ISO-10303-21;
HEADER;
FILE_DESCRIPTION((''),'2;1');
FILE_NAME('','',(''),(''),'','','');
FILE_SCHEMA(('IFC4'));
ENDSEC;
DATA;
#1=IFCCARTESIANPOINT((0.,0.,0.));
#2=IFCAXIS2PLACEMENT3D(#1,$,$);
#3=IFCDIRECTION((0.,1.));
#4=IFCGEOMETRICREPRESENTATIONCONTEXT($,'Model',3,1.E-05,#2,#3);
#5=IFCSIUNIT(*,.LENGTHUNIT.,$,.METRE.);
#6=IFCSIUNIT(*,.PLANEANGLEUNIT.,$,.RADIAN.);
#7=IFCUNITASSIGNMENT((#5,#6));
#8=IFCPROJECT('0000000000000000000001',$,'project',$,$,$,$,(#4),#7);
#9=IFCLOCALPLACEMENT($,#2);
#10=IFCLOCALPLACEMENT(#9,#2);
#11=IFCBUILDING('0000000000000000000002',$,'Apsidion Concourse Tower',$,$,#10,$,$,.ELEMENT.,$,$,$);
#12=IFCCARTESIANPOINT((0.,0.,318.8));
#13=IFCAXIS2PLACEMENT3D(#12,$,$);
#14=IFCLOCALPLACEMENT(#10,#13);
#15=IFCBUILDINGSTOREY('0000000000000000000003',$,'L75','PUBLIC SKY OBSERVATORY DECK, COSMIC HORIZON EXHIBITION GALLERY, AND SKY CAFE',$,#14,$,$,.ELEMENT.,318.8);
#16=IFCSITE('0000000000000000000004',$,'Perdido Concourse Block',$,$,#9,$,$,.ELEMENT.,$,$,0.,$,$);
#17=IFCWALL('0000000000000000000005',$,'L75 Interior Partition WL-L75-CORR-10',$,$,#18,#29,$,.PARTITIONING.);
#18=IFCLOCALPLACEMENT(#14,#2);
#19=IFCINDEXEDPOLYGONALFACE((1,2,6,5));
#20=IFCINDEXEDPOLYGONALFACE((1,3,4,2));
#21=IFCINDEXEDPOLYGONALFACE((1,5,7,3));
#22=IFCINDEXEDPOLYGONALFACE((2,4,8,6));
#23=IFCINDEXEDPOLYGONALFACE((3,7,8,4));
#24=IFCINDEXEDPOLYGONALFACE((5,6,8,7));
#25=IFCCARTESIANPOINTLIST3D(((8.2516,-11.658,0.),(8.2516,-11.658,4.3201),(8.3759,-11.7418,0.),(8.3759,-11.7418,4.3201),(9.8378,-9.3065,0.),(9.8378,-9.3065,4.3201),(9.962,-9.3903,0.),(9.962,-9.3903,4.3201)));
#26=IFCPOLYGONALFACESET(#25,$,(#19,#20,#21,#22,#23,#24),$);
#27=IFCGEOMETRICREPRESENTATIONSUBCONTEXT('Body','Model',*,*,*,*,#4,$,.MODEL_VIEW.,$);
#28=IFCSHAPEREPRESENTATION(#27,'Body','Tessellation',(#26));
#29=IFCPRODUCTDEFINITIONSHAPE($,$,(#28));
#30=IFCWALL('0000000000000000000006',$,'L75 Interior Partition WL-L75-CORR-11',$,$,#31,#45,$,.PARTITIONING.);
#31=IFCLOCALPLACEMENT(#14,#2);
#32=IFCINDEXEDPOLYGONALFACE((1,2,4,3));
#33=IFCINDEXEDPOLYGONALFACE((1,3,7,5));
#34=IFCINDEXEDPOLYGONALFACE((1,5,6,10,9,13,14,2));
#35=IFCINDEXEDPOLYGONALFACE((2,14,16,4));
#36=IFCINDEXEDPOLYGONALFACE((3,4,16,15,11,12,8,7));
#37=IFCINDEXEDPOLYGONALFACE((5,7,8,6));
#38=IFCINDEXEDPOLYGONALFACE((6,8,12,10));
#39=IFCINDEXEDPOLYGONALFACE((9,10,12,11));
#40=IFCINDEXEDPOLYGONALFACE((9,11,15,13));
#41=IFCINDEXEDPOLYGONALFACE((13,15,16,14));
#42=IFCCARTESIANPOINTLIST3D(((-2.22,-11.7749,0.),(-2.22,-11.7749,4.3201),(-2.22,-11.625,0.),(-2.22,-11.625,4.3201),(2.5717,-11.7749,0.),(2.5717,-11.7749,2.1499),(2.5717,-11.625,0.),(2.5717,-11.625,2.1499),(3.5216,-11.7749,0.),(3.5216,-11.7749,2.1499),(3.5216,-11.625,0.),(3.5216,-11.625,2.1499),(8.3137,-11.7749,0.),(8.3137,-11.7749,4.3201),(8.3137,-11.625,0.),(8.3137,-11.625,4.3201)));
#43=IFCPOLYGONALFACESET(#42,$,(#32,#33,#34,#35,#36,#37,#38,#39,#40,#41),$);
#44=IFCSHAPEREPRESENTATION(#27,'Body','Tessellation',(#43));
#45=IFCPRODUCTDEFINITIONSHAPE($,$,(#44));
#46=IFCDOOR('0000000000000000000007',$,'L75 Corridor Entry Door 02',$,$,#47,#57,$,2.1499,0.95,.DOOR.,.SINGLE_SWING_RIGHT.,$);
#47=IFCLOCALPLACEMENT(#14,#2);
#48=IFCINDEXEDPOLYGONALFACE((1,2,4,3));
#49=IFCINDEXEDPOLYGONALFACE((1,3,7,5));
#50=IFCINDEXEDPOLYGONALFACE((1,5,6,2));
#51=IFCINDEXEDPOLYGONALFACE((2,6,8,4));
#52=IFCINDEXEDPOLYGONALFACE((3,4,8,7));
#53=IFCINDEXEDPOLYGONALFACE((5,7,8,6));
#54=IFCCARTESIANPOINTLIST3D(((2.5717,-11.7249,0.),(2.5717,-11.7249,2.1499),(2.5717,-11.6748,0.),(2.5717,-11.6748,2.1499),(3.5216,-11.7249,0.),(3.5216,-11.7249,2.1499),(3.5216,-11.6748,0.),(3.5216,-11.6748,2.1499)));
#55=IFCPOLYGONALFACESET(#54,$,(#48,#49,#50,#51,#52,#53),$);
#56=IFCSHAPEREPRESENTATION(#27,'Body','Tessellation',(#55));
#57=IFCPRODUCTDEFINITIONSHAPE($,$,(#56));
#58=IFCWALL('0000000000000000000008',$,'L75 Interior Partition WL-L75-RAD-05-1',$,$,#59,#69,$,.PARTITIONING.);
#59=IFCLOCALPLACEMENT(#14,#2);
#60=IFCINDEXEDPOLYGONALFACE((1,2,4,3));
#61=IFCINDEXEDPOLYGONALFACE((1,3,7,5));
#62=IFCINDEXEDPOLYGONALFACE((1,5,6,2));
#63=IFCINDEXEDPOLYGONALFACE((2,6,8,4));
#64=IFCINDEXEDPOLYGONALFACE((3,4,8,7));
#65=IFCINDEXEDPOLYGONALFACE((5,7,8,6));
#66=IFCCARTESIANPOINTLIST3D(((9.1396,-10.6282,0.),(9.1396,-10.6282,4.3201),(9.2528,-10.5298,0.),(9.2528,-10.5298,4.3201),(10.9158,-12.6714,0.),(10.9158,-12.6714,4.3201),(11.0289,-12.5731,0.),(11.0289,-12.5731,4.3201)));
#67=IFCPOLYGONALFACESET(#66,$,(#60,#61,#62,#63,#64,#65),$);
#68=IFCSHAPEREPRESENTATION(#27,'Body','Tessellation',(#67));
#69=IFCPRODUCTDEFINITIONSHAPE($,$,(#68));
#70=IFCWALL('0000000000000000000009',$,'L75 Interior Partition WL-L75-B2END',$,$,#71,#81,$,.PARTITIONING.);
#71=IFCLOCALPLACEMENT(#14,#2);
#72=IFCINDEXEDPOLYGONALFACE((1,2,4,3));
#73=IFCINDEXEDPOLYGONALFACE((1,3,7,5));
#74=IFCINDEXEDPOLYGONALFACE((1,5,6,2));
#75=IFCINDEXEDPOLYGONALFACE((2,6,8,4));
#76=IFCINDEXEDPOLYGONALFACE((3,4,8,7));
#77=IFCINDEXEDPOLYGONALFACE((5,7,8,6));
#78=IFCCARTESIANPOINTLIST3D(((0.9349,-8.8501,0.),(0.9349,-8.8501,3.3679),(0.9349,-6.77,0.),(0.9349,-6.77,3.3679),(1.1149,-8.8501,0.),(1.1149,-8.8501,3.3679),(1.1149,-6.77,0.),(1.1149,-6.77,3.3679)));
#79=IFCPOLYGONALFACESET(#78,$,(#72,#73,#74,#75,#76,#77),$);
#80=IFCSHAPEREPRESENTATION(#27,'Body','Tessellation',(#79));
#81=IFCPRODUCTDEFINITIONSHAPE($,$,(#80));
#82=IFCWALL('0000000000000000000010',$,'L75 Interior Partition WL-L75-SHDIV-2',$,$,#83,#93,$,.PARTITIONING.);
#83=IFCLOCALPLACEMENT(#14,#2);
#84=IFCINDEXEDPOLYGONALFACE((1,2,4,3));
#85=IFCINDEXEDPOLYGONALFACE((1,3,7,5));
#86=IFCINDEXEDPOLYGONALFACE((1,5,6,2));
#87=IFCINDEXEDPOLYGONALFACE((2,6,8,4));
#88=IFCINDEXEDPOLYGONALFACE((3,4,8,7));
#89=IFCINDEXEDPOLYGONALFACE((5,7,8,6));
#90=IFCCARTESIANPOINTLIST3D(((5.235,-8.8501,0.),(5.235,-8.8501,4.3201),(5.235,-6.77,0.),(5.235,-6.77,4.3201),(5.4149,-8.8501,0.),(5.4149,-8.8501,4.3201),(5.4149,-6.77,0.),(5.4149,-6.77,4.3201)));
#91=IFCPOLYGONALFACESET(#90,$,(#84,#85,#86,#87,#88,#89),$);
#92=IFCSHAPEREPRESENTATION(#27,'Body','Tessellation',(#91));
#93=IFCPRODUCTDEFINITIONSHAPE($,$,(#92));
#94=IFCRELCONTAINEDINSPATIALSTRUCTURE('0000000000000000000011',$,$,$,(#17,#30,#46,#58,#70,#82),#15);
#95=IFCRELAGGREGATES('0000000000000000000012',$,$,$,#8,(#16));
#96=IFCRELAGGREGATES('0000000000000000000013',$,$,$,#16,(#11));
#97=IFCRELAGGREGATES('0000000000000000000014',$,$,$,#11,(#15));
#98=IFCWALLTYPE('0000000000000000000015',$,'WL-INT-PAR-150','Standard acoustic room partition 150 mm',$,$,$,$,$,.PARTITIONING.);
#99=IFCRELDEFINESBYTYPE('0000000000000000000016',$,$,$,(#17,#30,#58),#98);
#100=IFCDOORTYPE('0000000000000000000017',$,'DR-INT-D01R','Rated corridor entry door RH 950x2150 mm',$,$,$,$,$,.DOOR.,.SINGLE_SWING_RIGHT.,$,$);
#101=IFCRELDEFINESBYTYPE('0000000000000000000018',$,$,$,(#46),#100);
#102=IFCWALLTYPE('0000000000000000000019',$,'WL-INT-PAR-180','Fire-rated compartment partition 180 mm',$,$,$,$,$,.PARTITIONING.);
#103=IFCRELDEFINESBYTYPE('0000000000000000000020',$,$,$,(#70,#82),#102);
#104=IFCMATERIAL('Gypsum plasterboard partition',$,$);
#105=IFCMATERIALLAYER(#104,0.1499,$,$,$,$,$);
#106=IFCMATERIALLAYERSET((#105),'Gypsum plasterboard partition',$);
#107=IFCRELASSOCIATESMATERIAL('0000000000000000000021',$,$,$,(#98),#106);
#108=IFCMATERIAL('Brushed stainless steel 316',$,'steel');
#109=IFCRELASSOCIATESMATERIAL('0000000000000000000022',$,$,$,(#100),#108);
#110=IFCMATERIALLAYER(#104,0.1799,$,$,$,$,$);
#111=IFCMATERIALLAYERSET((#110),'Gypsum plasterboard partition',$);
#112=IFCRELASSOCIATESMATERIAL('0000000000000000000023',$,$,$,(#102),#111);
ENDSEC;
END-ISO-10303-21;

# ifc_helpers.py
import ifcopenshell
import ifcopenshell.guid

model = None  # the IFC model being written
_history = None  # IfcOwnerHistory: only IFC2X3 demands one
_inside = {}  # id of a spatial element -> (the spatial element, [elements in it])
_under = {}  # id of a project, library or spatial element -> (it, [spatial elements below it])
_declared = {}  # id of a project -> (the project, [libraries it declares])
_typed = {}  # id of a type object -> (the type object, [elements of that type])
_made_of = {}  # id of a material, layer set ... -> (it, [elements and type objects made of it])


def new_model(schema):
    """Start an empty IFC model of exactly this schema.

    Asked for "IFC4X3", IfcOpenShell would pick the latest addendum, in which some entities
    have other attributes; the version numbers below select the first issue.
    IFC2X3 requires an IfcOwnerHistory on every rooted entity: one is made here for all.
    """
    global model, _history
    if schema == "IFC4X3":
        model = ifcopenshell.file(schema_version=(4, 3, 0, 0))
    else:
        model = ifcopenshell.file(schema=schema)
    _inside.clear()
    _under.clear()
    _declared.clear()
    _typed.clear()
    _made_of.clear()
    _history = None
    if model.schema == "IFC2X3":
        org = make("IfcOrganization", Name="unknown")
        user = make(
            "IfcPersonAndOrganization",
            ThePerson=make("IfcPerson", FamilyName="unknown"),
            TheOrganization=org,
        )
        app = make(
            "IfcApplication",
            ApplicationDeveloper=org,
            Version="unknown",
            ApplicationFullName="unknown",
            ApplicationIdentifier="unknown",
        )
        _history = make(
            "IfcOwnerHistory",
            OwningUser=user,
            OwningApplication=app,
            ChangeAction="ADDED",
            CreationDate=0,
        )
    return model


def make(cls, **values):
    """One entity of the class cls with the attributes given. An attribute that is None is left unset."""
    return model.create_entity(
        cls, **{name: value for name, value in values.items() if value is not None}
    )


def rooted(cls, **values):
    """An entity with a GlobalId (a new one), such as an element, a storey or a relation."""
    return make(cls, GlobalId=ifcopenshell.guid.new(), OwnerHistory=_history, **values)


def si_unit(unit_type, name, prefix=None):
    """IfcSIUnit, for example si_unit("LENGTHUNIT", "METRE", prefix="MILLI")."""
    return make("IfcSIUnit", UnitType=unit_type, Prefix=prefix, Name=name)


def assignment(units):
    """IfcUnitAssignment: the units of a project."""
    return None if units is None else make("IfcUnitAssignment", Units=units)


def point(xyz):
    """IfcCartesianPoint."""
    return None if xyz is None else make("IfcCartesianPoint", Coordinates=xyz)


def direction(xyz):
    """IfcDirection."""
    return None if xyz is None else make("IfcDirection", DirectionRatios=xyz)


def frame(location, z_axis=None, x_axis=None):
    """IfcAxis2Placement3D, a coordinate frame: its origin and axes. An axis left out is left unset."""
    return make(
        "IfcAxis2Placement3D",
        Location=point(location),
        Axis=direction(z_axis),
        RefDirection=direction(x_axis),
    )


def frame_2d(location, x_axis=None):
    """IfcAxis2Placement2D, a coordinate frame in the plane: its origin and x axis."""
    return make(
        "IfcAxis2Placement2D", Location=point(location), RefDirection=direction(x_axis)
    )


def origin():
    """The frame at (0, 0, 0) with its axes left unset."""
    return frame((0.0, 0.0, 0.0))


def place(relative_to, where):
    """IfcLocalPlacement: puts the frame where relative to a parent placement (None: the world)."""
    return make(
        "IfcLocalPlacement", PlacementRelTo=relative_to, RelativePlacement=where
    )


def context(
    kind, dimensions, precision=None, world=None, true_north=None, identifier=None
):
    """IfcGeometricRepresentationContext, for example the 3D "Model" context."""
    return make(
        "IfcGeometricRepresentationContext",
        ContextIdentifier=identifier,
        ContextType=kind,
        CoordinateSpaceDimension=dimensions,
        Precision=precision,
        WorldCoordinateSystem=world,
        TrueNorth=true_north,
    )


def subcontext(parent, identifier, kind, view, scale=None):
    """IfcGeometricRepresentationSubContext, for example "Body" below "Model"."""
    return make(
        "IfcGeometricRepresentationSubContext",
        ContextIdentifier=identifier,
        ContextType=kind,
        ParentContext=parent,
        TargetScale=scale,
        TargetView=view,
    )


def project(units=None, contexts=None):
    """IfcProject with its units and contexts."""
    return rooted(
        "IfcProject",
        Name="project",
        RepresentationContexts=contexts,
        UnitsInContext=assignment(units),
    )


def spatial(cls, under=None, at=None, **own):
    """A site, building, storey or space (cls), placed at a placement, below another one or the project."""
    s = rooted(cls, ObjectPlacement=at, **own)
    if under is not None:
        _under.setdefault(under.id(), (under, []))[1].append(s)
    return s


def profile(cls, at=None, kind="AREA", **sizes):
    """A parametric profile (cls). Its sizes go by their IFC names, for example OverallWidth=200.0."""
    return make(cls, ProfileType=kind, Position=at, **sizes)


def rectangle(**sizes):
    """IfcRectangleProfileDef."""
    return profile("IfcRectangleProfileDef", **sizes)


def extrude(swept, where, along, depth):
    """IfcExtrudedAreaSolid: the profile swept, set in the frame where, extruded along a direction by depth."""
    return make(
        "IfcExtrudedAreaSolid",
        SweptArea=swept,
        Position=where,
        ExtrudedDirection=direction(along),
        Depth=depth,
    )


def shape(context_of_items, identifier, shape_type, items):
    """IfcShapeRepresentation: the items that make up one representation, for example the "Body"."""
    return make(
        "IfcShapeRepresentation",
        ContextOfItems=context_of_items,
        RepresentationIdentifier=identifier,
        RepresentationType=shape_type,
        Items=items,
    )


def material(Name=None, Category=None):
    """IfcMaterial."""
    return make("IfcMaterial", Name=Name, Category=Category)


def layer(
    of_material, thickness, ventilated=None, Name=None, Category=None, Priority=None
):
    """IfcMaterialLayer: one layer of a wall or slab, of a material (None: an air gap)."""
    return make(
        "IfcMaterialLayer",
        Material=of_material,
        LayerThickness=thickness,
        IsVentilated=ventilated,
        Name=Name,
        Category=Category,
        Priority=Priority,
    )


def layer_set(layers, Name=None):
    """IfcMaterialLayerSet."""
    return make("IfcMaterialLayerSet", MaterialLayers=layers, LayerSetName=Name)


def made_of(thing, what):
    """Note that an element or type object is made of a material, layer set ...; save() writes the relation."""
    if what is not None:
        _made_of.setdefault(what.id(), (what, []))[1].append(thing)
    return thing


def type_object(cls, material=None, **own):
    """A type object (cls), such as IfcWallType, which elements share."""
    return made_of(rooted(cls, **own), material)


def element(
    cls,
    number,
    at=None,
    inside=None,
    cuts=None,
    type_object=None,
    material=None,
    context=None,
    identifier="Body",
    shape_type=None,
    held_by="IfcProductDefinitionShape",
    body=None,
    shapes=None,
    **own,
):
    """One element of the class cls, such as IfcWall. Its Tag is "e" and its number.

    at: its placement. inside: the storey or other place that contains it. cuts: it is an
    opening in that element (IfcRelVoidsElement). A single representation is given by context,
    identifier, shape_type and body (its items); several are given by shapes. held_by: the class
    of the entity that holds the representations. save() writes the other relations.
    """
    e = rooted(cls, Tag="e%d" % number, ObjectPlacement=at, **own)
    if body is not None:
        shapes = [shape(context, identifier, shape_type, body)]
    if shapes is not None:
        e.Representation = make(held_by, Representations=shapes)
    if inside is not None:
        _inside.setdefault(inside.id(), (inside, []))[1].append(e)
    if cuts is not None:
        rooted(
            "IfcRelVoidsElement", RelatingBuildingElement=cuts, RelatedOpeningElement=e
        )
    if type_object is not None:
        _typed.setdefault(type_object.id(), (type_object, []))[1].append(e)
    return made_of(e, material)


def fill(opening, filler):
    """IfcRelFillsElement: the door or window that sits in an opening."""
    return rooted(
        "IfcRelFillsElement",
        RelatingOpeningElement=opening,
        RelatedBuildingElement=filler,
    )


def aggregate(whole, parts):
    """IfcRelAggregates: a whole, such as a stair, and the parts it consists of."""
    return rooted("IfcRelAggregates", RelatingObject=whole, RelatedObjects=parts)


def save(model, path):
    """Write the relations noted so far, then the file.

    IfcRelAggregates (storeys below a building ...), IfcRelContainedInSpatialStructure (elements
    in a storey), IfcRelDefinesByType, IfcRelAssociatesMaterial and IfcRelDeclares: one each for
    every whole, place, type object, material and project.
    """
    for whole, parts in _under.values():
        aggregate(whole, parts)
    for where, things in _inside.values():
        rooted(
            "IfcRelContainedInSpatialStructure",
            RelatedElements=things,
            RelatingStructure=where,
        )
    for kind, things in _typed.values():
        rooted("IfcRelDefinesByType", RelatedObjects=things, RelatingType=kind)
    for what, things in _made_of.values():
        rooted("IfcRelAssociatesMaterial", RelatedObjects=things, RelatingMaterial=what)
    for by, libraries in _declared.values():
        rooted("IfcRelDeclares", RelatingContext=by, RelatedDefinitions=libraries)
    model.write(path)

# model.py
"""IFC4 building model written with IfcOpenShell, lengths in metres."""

from ifc_helpers import new_model, si_unit, direction, frame, frame_2d, origin, place, context, subcontext, project, spatial, rectangle, extrude, material, layer, layer_set, type_object, element, fill, save


model = new_model("IFC4")

# Units and contexts
model_context = context("Model", 3, precision=1e-05, world=origin(), true_north=direction((0.0, 1.0)))
body_context = subcontext(model_context, "Body", "Model", "MODEL_VIEW")
ifc_project = project(units=[si_unit("LENGTHUNIT", "METRE"), si_unit("PLANEANGLEUNIT", "RADIAN")], contexts=[model_context])

# Site, building, storey
site_placement = place(None, origin())
site = spatial("IfcSite", under=ifc_project, at=site_placement, Name="Perdido Concourse Block", CompositionType="ELEMENT", RefElevation=0.0)
building_placement = place(site_placement, origin())
building = spatial("IfcBuilding", under=site, at=building_placement, Name="Apsidion Concourse Tower", CompositionType="ELEMENT")
storey_placement = place(building_placement, frame((0.0, 0.0, 318.8)))
storey = spatial("IfcBuildingStorey", under=building, at=storey_placement, Name="L75", Description="PUBLIC SKY OBSERVATORY DECK, COSMIC HORIZON EXHIBITION GALLERY, AND SKY CAFE", CompositionType="ELEMENT", Elevation=318.8)

# Wall
ifc_material_1 = material(Name="Gypsum plasterboard partition")
ifc_layer_1 = layer(ifc_material_1, 0.1499)
ifc_layer_set_1 = layer_set([ifc_layer_1], Name="Gypsum plasterboard partition")
wall_type_1 = type_object("IfcWallType", Name="WL-INT-PAR-150", Description="Standard acoustic room partition 150 mm", PredefinedType="PARTITIONING", material=ifc_layer_set_1)
wall_1_placement = place(storey_placement, frame((9.8999, -9.3484, 0.0), z_axis=(0.0, 0.0, 1.0), x_axis=(-0.559201, -0.829032, 0.0)))
element("IfcWall", 1, at=wall_1_placement, inside=storey, type_object=wall_type_1, Name="L75 Interior Partition WL-L75-CORR-10", PredefinedType="PARTITIONING", context=body_context, shape_type="SweptSolid", body=[
    extrude(rectangle(XDim=2.8364, YDim=0.1499, at=frame_2d((1.4182, 0.0))), origin(), (0.0, 0.0, 1.0), 4.3201),
])

# Wall, opening, door
wall_2_placement = place(storey_placement, frame((8.3137, -11.7, 0.0), z_axis=(0.0, 0.0, 1.0), x_axis=(-1.0, 0.0, 0.0)))
wall_2 = element("IfcWall", 2, at=wall_2_placement, inside=storey, type_object=wall_type_1, Name="L75 Interior Partition WL-L75-CORR-11", PredefinedType="PARTITIONING", context=body_context, shape_type="SweptSolid", body=[
    extrude(rectangle(XDim=10.5337, YDim=0.1499, at=frame_2d((5.2668, 0.0))), origin(), (0.0, 0.0, 1.0), 4.3201),
])
opening_1_placement = place(wall_2_placement, frame((4.792, 0.0, 0.0)))
opening_1 = element("IfcOpeningElement", 3, at=opening_1_placement, cuts=wall_2, PredefinedType="OPENING", context=body_context, shape_type="SweptSolid", body=[
    extrude(rectangle(XDim=0.95, YDim=2.1499, at=frame_2d((0.4751, 1.075))), frame((0.0, 0.085, 0.0), z_axis=(0.0, -1.0, 0.0), x_axis=(1.0, 0.0, 0.0)), (0.0, 0.0, 1.0), 0.1699),
])
ifc_material_2 = material(Name="Brushed stainless steel 316", Category="steel")
door_type_1 = type_object("IfcDoorType", Name="DR-INT-D01R", Description="Rated corridor entry door RH 950x2150 mm", OperationType="SINGLE_SWING_RIGHT", PredefinedType="DOOR", material=ifc_material_2)
door_1_placement = place(opening_1_placement, origin())
door_1 = element("IfcDoor", 4, at=door_1_placement, inside=storey, type_object=door_type_1, Name="L75 Corridor Entry Door 02", OperationType="SINGLE_SWING_RIGHT", OverallHeight=2.1499, OverallWidth=0.95, PredefinedType="DOOR", context=body_context, shape_type="SweptSolid", body=[
    extrude(rectangle(XDim=0.95, YDim=2.1499, at=frame_2d((0.4751, 1.075))), frame((0.0, 0.0249, 0.0), z_axis=(0.0, -1.0, 0.0), x_axis=(1.0, 0.0, 0.0)), (0.0, 0.0, 1.0), 0.05),
])
fill(opening_1, door_1)

# Walls
wall_3_placement = place(storey_placement, frame((9.1963, -10.5791, 0.0), z_axis=(0.0, 0.0, 1.0), x_axis=(0.656056, -0.754712, 0.0)))
element("IfcWall", 5, at=wall_3_placement, inside=storey, type_object=wall_type_1, Name="L75 Interior Partition WL-L75-RAD-05-1", PredefinedType="PARTITIONING", context=body_context, shape_type="SweptSolid", body=[
    extrude(rectangle(XDim=2.7073, YDim=0.1499, at=frame_2d((1.3535, 0.0))), origin(), (0.0, 0.0, 1.0), 4.3201),
])
ifc_layer_2 = layer(ifc_material_1, 0.1799)
ifc_layer_set_2 = layer_set([ifc_layer_2], Name="Gypsum plasterboard partition")
wall_type_2 = type_object("IfcWallType", Name="WL-INT-PAR-180", Description="Fire-rated compartment partition 180 mm", PredefinedType="PARTITIONING", material=ifc_layer_set_2)
wall_4_placement = place(storey_placement, frame((1.0249, -8.8501, 0.0), z_axis=(0.0, 0.0, 1.0), x_axis=(0.0, 1.0, 0.0)))
element("IfcWall", 6, at=wall_4_placement, inside=storey, type_object=wall_type_2, Name="L75 Interior Partition WL-L75-B2END", PredefinedType="PARTITIONING", context=body_context, shape_type="SweptSolid", body=[
    extrude(rectangle(XDim=2.0801, YDim=0.1799, at=frame_2d((1.04, 0.0))), origin(), (0.0, 0.0, 1.0), 3.3679),
])
wall_5_placement = place(storey_placement, frame((5.325, -8.8501, 0.0), z_axis=(0.0, 0.0, 1.0), x_axis=(0.0, 1.0, 0.0)))
element("IfcWall", 7, at=wall_5_placement, inside=storey, type_object=wall_type_2, Name="L75 Interior Partition WL-L75-SHDIV-2", PredefinedType="PARTITIONING", context=body_context, shape_type="SweptSolid", body=[
    extrude(rectangle(XDim=2.0801, YDim=0.1799, at=frame_2d((1.04, 0.0))), origin(), (0.0, 0.0, 1.0), 4.3201),
])

save(model, "model.ifc")
